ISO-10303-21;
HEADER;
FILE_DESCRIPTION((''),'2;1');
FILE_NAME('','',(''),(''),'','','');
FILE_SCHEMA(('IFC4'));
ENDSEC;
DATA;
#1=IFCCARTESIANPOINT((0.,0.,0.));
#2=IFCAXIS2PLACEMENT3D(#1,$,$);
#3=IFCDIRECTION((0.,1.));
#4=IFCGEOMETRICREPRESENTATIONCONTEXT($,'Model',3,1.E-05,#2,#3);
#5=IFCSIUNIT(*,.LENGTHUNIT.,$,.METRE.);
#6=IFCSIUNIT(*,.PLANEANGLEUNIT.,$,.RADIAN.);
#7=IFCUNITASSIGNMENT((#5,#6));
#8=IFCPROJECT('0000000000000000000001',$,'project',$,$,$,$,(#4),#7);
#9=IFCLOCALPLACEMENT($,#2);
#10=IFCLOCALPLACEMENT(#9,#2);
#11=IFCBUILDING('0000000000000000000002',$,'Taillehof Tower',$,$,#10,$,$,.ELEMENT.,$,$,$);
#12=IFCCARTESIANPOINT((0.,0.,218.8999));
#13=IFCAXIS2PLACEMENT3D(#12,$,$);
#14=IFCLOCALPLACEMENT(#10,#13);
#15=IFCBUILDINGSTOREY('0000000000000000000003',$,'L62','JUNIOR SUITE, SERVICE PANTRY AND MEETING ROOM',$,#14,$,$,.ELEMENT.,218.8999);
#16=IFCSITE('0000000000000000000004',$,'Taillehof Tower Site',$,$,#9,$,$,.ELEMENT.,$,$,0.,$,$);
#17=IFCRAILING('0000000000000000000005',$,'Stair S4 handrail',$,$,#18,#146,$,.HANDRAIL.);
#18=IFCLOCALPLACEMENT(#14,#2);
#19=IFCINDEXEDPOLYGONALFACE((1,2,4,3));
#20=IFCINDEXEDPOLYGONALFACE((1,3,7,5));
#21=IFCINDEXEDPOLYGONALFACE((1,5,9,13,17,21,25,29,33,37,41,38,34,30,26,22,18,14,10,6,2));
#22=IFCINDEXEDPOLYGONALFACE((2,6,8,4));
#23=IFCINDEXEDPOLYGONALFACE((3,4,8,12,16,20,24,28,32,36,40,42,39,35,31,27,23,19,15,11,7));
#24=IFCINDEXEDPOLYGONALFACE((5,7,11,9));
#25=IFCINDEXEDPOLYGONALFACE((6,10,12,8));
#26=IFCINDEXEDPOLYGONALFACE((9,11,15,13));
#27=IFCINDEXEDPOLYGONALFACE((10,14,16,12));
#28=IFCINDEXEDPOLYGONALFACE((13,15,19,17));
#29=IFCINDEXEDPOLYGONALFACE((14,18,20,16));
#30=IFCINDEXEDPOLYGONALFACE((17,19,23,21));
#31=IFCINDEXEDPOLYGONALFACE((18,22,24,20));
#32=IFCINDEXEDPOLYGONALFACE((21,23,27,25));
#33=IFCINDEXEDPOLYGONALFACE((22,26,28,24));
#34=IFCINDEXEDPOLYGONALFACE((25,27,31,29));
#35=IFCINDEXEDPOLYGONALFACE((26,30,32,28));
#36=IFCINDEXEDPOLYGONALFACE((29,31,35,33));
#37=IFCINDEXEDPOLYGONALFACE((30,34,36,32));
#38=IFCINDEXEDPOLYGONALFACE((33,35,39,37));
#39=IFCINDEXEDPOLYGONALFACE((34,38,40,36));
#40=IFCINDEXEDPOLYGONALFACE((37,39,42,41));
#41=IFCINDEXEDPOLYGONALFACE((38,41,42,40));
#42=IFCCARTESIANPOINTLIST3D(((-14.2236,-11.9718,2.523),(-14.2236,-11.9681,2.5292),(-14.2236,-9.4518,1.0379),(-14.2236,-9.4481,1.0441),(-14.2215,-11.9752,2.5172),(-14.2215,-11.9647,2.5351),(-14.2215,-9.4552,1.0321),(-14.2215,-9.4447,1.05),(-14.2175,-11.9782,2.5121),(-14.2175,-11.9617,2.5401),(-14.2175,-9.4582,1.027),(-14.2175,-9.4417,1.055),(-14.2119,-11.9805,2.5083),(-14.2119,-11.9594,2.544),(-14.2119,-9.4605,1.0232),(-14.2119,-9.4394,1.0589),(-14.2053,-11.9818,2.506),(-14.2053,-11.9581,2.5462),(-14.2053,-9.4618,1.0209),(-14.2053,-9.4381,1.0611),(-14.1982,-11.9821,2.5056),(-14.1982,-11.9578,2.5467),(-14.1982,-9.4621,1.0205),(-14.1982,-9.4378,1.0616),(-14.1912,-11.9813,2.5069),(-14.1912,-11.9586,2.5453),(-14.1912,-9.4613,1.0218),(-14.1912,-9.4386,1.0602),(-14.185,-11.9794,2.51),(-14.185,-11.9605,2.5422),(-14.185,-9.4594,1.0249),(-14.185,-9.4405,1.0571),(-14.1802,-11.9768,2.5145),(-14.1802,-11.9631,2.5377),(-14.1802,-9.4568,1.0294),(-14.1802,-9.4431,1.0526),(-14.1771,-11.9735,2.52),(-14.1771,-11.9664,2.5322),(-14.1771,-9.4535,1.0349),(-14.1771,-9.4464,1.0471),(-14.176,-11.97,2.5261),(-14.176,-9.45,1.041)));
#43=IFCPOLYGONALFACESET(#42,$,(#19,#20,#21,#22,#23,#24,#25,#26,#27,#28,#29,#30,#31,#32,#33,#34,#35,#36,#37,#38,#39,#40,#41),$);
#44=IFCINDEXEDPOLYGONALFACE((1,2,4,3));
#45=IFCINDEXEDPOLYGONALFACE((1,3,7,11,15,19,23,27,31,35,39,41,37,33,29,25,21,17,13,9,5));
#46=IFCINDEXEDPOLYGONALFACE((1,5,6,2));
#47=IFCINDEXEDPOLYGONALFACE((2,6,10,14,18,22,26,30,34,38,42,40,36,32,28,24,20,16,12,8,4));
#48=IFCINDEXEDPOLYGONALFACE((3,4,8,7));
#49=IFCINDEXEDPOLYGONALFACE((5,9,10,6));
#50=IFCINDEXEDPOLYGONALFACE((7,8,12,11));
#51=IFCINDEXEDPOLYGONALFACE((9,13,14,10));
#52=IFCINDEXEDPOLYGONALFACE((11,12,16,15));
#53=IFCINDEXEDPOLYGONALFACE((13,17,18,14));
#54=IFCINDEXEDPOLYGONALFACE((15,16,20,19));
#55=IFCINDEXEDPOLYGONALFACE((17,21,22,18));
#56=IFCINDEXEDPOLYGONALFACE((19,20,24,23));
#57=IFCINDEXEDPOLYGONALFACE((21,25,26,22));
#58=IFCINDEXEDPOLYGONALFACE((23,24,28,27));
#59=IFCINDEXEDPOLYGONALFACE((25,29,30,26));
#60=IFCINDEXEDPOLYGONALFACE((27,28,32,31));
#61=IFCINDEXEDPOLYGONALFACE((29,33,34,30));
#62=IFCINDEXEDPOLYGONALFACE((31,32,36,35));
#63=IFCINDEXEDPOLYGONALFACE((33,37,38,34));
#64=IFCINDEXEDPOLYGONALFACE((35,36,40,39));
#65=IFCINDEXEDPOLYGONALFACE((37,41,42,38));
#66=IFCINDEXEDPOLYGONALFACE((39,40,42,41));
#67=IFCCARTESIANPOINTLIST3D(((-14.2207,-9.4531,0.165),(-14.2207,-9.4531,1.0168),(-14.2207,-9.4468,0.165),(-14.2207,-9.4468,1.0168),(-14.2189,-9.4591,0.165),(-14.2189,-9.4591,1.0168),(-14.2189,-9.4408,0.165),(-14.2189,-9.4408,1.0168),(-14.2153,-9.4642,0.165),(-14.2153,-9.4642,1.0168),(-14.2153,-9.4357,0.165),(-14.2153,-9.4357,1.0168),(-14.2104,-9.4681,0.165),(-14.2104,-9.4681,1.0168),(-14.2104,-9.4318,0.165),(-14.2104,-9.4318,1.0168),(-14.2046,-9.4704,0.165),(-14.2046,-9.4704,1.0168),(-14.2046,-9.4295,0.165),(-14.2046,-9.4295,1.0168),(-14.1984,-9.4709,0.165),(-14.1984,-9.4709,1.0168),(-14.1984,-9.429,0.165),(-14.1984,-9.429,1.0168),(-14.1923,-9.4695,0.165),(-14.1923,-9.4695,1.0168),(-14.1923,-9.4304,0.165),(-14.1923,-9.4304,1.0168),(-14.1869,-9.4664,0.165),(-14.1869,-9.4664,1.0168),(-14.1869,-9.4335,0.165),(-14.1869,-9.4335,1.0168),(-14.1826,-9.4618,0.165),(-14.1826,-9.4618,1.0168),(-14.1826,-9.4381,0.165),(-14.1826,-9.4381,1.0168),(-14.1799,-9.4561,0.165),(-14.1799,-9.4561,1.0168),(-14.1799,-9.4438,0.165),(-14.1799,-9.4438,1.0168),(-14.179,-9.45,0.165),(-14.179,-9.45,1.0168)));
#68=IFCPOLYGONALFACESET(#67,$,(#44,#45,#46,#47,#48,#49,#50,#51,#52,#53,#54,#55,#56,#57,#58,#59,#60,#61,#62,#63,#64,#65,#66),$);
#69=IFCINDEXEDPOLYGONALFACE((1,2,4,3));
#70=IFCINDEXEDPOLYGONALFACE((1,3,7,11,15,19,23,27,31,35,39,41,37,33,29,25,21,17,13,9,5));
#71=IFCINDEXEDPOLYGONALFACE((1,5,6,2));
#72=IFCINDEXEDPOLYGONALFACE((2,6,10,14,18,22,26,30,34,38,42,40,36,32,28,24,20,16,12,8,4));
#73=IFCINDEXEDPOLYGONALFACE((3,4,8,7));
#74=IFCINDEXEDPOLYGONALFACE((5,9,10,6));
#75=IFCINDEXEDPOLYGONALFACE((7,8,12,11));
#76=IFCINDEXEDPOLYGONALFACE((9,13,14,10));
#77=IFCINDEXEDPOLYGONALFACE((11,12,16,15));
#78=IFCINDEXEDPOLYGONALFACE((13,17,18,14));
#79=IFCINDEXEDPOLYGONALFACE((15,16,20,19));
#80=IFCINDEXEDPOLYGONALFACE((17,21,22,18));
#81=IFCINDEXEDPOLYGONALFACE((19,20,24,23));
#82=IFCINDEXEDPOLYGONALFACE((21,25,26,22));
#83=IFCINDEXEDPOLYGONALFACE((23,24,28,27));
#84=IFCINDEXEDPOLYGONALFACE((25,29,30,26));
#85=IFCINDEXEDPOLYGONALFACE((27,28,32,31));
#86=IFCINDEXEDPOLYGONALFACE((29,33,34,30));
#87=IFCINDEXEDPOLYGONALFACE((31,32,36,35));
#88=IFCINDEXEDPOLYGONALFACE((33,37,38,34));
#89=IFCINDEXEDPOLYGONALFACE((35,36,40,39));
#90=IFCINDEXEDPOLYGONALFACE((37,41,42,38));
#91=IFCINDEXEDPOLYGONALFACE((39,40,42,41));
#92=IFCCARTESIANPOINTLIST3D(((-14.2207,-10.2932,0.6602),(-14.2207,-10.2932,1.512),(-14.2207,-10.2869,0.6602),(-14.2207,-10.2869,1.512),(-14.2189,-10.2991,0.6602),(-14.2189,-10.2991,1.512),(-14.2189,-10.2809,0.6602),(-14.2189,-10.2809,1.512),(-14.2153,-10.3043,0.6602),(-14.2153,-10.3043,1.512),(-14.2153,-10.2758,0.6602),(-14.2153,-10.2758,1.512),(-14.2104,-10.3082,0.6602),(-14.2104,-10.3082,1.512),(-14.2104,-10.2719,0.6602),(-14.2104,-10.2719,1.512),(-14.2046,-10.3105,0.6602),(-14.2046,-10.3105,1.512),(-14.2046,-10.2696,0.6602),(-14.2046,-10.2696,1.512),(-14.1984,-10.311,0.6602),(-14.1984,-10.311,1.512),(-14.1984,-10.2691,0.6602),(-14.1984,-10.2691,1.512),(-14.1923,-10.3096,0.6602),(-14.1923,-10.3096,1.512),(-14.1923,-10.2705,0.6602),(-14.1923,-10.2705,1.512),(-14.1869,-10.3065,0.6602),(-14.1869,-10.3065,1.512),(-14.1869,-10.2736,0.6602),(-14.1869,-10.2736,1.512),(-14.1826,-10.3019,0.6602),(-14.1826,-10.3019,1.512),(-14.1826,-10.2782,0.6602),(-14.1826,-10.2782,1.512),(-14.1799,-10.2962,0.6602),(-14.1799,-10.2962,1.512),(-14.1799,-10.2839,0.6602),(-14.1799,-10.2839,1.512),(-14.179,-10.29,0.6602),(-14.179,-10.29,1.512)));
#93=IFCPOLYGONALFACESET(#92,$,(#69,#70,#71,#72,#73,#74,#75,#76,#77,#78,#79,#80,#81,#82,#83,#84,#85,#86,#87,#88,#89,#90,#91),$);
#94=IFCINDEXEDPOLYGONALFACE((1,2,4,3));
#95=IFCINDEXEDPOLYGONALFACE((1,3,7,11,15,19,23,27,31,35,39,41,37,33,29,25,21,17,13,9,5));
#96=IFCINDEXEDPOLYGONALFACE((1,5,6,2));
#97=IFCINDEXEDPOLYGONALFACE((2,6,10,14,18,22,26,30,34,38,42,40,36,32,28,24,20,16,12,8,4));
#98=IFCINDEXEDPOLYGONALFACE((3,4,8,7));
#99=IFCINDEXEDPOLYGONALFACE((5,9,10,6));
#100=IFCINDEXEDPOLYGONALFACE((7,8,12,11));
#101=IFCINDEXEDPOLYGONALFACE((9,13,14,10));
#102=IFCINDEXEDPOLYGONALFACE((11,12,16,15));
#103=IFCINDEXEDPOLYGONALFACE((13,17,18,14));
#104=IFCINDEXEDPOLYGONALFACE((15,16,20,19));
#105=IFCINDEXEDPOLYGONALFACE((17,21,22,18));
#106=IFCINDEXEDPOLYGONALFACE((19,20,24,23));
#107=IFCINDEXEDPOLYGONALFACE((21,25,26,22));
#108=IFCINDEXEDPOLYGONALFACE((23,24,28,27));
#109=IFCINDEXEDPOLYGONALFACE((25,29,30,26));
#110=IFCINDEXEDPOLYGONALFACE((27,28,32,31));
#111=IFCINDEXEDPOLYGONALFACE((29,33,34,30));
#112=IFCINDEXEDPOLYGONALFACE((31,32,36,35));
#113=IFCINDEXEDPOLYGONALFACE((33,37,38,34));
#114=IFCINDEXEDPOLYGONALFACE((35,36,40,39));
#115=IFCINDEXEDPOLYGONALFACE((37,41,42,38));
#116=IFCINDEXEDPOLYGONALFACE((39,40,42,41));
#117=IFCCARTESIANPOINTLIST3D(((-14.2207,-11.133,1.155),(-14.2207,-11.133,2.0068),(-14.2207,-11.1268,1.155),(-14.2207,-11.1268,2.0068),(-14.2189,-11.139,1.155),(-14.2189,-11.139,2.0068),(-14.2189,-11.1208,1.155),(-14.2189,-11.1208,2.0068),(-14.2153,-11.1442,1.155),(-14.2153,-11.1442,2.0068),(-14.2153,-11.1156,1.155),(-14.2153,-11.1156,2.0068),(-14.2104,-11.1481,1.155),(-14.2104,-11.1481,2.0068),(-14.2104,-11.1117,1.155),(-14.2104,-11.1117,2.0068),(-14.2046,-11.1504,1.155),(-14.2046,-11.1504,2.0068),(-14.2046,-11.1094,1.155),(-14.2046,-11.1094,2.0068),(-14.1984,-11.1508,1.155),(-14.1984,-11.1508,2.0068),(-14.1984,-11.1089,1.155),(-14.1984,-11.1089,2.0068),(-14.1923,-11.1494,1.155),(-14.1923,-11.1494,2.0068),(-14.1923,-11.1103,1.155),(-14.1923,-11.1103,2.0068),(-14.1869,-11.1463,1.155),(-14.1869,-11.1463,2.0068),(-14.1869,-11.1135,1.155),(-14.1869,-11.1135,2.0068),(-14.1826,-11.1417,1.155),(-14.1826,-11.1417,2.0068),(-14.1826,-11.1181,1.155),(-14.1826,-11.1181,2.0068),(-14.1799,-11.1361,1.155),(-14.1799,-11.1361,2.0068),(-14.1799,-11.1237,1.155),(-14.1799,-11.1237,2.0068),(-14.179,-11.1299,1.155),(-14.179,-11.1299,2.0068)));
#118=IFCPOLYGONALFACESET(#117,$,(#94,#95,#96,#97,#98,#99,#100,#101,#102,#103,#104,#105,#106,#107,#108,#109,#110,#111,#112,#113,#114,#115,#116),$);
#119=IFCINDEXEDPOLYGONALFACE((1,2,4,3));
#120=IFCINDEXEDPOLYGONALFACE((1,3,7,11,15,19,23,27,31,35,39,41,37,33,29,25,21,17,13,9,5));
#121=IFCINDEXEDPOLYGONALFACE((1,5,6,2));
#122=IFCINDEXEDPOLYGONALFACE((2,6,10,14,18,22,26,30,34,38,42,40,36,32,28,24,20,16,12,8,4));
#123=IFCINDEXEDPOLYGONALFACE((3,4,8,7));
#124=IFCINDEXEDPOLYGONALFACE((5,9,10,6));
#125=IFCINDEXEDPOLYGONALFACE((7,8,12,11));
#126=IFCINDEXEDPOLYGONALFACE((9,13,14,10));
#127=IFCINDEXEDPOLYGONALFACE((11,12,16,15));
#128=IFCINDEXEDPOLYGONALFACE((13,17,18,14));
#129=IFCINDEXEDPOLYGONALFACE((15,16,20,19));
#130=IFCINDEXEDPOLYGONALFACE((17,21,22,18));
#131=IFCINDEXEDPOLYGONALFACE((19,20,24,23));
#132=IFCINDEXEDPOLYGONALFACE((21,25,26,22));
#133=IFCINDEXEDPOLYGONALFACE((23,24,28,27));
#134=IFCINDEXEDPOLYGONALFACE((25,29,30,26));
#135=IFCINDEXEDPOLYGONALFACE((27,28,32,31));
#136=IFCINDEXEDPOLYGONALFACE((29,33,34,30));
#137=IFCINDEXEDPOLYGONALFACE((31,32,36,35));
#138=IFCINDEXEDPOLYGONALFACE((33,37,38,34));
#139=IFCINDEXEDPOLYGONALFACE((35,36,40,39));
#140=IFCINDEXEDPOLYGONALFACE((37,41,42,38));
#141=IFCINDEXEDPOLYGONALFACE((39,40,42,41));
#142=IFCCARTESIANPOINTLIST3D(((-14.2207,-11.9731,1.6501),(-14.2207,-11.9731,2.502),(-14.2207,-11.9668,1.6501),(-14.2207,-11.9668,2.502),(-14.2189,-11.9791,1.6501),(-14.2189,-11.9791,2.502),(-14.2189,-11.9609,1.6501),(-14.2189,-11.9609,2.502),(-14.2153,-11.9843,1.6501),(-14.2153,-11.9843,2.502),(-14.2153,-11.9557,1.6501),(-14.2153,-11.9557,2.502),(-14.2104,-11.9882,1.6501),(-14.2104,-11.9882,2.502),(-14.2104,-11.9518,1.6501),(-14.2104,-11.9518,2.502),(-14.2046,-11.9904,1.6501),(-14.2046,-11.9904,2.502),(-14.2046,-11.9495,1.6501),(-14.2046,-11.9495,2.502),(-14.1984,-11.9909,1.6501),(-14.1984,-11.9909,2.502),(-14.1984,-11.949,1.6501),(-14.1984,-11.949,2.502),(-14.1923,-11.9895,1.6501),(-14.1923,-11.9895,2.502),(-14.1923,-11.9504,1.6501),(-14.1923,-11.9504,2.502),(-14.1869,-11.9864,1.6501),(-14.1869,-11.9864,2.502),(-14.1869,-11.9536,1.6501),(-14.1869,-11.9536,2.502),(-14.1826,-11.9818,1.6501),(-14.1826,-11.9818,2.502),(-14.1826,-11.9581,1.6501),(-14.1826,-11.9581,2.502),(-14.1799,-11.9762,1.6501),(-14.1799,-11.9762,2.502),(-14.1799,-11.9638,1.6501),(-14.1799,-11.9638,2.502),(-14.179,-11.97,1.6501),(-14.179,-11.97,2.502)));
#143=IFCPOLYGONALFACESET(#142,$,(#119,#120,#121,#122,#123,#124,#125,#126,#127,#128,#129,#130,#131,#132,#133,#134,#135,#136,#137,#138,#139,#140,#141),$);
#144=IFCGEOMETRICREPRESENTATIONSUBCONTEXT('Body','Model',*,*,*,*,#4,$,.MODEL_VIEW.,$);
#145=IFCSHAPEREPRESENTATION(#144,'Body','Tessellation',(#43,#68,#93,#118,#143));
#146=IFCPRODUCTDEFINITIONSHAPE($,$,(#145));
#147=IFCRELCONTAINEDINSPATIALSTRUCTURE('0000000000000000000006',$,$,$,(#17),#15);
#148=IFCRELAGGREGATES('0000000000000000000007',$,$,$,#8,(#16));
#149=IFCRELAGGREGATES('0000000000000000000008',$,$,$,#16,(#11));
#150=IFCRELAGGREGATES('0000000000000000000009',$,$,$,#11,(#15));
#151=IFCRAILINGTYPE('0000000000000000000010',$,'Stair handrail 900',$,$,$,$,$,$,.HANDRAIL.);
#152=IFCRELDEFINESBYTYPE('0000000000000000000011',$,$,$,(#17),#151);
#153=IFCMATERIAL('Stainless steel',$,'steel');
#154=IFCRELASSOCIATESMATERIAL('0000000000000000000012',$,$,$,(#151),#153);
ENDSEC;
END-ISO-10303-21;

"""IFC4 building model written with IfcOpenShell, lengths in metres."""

from ifc_helpers import new_model, si_unit, direction, frame, origin, origin_2d, place, context, subcontext, project, spatial, circle, extrude, material, type_object, element, save


model = new_model("IFC4")

# Units and contexts
model_context = context("Model", 3, precision=1e-05, world=origin(), true_north=direction((0.0, 1.0)))
body_context = subcontext(model_context, "Body", "Model", "MODEL_VIEW")
ifc_project = project(units=[si_unit("LENGTHUNIT", "METRE"), si_unit("PLANEANGLEUNIT", "RADIAN")], contexts=[model_context])

# Site, building, storey
site_placement = place(None, origin())
site = spatial("IfcSite", under=ifc_project, at=site_placement, Name="Taillehof Tower Site", CompositionType="ELEMENT", RefElevation=0.0)
building_placement = place(site_placement, origin())
building = spatial("IfcBuilding", under=site, at=building_placement, Name="Taillehof Tower", CompositionType="ELEMENT")
storey_placement = place(building_placement, frame((0.0, 0.0, 218.8999)))
storey = spatial("IfcBuildingStorey", under=building, at=storey_placement, Name="L62", Description="JUNIOR SUITE, SERVICE PANTRY AND MEETING ROOM", CompositionType="ELEMENT", Elevation=218.8999)

# Railing
ifc_material_1 = material(Name="Stainless steel", Category="steel")
railing_type = type_object("IfcRailingType", Name="Stair handrail 900", PredefinedType="HANDRAIL", material=ifc_material_1)
railing_1_placement = place(storey_placement, frame((-14.2, -9.45, 0.165)))
element("IfcRailing", 1, at=railing_1_placement, inside=storey, type_object=railing_type, Name="Stair S4 handrail", PredefinedType="HANDRAIL", context=body_context, shape_type="SweptSolid", body=[
    extrude(circle(Radius=0.0239, at=origin_2d()), frame((0.0, 0.0, 0.876), z_axis=(0.0, -0.861524, 0.507717), x_axis=(1.0, 0.0, 0.0)), (0.0, 0.0, 1.0), 2.925),
    extrude(circle(Radius=0.021, at=origin_2d()), origin(), (0.0, 0.0, 1.0), 0.8518),
    extrude(circle(Radius=0.021, at=origin_2d()), frame((0.0, -0.8401, 0.4951)), (0.0, 0.0, 1.0), 0.8518),
    extrude(circle(Radius=0.021, at=origin_2d()), frame((0.0, -1.6799, 0.99)), (0.0, 0.0, 1.0), 0.8518),
    extrude(circle(Radius=0.021, at=origin_2d()), frame((0.0, -2.52, 1.4851)), (0.0, 0.0, 1.0), 0.8518),
])

save(model, "model.ifc")
